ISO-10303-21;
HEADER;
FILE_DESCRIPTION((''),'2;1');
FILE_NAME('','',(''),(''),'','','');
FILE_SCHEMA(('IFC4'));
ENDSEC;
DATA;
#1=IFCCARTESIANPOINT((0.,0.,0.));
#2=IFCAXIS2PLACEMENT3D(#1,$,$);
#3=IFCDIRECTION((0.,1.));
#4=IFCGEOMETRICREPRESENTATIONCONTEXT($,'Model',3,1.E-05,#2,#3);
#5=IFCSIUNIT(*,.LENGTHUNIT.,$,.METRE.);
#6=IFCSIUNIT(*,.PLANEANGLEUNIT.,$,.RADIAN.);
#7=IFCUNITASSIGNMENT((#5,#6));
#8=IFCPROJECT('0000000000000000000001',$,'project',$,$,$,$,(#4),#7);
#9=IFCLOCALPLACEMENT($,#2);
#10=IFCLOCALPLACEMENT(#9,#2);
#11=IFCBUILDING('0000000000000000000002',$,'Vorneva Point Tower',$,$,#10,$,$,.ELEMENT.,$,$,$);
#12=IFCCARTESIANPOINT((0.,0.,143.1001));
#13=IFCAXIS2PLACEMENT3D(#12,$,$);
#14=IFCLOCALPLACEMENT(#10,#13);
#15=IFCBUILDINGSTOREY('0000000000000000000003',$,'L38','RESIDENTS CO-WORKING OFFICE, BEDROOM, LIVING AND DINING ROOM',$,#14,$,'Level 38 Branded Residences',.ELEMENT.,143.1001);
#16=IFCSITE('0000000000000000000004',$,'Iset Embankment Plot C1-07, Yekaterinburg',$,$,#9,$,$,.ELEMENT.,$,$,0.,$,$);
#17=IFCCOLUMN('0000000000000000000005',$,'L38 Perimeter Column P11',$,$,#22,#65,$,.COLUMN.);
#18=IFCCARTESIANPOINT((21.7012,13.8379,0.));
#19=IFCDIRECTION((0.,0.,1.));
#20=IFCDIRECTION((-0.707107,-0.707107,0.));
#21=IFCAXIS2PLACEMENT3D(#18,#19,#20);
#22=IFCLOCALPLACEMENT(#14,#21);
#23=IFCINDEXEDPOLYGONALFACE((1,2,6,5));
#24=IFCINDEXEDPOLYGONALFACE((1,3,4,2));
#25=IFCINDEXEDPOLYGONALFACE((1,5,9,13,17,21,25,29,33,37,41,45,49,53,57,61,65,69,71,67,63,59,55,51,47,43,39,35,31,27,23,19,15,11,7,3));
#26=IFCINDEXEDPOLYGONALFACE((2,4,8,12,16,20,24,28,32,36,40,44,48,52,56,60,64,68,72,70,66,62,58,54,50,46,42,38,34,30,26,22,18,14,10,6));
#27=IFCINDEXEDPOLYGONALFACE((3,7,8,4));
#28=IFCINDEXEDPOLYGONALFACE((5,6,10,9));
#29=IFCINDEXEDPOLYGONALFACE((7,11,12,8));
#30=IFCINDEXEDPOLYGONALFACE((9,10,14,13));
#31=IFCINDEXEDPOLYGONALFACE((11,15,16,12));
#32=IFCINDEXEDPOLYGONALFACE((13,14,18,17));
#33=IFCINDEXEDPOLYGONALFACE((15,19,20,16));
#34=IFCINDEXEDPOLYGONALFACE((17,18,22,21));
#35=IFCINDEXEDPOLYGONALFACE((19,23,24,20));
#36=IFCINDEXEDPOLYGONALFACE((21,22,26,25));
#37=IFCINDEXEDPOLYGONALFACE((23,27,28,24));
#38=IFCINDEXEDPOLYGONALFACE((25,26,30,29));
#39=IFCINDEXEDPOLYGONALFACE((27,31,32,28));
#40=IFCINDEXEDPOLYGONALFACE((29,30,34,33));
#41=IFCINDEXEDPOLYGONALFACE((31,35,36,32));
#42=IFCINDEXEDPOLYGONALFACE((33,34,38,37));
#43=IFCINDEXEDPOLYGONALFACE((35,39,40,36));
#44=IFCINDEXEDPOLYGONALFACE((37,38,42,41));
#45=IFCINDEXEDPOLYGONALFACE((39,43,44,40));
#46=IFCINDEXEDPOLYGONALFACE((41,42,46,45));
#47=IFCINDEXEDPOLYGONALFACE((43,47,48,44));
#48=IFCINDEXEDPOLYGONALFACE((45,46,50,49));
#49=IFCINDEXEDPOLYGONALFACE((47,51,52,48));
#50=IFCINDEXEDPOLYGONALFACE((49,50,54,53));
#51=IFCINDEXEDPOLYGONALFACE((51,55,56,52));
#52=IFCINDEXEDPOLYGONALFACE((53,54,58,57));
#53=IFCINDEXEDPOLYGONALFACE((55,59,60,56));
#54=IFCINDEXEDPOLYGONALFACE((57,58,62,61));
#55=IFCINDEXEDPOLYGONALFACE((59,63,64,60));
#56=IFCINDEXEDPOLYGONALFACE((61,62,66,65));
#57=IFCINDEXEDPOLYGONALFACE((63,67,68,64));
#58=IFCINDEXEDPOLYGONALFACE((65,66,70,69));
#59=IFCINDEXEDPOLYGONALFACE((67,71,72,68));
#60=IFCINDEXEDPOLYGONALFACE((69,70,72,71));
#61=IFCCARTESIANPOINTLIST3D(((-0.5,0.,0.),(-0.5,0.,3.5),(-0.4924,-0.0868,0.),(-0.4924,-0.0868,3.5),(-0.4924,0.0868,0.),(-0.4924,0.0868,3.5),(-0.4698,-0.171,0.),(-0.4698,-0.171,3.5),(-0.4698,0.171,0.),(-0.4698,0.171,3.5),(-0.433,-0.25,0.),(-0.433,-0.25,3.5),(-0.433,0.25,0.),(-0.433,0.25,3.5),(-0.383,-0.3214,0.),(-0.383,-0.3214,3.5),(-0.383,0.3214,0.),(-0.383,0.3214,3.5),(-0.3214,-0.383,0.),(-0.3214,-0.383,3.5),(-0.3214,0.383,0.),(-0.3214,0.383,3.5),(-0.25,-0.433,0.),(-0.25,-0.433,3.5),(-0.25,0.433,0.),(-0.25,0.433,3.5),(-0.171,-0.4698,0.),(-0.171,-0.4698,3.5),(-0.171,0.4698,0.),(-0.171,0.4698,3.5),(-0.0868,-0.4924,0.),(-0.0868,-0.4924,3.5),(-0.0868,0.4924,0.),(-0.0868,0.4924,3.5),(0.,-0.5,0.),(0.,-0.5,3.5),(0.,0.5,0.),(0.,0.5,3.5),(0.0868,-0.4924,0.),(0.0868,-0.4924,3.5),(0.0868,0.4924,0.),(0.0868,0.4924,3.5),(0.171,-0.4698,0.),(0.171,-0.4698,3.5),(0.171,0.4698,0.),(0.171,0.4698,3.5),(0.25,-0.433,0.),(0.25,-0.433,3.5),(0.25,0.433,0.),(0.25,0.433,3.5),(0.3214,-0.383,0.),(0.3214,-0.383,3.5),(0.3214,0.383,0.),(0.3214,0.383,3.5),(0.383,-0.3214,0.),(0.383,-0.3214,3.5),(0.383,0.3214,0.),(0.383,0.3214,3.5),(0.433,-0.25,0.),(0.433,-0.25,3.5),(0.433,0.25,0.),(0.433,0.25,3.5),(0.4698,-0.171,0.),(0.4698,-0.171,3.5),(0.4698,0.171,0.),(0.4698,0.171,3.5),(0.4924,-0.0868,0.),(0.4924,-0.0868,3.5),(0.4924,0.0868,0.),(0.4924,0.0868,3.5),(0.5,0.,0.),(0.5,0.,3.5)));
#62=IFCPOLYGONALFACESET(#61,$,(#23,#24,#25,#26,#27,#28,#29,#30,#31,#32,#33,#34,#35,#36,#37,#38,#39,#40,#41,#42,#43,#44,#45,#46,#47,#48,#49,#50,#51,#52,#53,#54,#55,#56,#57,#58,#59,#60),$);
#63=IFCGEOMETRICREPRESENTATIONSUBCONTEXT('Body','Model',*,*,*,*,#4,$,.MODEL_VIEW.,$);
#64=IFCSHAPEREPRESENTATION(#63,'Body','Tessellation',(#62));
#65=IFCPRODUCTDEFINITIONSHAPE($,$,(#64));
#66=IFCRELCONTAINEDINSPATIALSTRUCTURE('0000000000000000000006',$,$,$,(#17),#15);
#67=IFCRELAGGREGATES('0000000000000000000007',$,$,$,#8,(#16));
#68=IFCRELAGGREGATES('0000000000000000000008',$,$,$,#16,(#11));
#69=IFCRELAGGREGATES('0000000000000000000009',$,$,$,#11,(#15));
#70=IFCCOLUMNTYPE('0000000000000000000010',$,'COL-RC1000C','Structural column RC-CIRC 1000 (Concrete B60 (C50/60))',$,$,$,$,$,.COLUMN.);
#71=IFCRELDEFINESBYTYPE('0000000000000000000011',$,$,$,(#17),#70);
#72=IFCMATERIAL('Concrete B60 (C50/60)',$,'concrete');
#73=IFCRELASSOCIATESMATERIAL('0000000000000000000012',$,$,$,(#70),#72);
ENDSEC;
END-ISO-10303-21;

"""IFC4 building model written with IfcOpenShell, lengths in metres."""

from ifc_helpers import new_model, si_unit, direction, frame, origin, origin_2d, place, context, subcontext, project, spatial, circle, extrude, material, material_profile, profile_set, type_object, element, save


model = new_model("IFC4")

# Units and contexts
model_context = context("Model", 3, precision=1e-05, world=origin(), true_north=direction((0.0, 1.0)))
body_context = subcontext(model_context, "Body", "Model", "MODEL_VIEW")
ifc_project = project(units=[si_unit("LENGTHUNIT", "METRE"), si_unit("PLANEANGLEUNIT", "RADIAN")], contexts=[model_context])

# Site, building, storey
site_placement = place(None, origin())
site = spatial("IfcSite", under=ifc_project, at=site_placement, Name="Iset Embankment Plot C1-07, Yekaterinburg", CompositionType="ELEMENT", RefElevation=0.0)
building_placement = place(site_placement, origin())
building = spatial("IfcBuilding", under=site, at=building_placement, Name="Vorneva Point Tower", CompositionType="ELEMENT")
storey_placement = place(building_placement, frame((0.0, 0.0, 143.1001)))
storey = spatial("IfcBuildingStorey", under=building, at=storey_placement, Name="L38", Description="RESIDENTS CO-WORKING OFFICE, BEDROOM, LIVING AND DINING ROOM", LongName="Level 38 Branded Residences", CompositionType="ELEMENT", Elevation=143.1001)

# Column
ifc_material_1 = material(Name="Concrete B60 (C50/60)", Category="concrete")
ifc_material_profile_1 = material_profile(ifc_material_1, circle(Radius=0.5, at=origin_2d()), Name="RC-CIRC 1000")
ifc_profile_set_1 = profile_set([ifc_material_profile_1], Name="Concrete B60 (C50/60)")
column_type = type_object("IfcColumnType", Name="COL-RC1000C", Description="Structural column RC-CIRC 1000 (Concrete B60 (C50/60))", PredefinedType="COLUMN", material=ifc_profile_set_1)
column_placement = place(storey_placement, frame((21.7012, 13.8379, 0.0), z_axis=(0.0, 0.0, 1.0), x_axis=(-0.707107, -0.707107, 0.0)))
element("IfcColumn", 1, at=column_placement, inside=storey, type_object=column_type, Name="L38 Perimeter Column P11", PredefinedType="COLUMN", context=body_context, shape_type="SweptSolid", body=[
    extrude(circle(Radius=0.5, at=origin_2d()), origin(), (0.0, 0.0, 1.0), 3.5),
])

save(model, "model.ifc")
